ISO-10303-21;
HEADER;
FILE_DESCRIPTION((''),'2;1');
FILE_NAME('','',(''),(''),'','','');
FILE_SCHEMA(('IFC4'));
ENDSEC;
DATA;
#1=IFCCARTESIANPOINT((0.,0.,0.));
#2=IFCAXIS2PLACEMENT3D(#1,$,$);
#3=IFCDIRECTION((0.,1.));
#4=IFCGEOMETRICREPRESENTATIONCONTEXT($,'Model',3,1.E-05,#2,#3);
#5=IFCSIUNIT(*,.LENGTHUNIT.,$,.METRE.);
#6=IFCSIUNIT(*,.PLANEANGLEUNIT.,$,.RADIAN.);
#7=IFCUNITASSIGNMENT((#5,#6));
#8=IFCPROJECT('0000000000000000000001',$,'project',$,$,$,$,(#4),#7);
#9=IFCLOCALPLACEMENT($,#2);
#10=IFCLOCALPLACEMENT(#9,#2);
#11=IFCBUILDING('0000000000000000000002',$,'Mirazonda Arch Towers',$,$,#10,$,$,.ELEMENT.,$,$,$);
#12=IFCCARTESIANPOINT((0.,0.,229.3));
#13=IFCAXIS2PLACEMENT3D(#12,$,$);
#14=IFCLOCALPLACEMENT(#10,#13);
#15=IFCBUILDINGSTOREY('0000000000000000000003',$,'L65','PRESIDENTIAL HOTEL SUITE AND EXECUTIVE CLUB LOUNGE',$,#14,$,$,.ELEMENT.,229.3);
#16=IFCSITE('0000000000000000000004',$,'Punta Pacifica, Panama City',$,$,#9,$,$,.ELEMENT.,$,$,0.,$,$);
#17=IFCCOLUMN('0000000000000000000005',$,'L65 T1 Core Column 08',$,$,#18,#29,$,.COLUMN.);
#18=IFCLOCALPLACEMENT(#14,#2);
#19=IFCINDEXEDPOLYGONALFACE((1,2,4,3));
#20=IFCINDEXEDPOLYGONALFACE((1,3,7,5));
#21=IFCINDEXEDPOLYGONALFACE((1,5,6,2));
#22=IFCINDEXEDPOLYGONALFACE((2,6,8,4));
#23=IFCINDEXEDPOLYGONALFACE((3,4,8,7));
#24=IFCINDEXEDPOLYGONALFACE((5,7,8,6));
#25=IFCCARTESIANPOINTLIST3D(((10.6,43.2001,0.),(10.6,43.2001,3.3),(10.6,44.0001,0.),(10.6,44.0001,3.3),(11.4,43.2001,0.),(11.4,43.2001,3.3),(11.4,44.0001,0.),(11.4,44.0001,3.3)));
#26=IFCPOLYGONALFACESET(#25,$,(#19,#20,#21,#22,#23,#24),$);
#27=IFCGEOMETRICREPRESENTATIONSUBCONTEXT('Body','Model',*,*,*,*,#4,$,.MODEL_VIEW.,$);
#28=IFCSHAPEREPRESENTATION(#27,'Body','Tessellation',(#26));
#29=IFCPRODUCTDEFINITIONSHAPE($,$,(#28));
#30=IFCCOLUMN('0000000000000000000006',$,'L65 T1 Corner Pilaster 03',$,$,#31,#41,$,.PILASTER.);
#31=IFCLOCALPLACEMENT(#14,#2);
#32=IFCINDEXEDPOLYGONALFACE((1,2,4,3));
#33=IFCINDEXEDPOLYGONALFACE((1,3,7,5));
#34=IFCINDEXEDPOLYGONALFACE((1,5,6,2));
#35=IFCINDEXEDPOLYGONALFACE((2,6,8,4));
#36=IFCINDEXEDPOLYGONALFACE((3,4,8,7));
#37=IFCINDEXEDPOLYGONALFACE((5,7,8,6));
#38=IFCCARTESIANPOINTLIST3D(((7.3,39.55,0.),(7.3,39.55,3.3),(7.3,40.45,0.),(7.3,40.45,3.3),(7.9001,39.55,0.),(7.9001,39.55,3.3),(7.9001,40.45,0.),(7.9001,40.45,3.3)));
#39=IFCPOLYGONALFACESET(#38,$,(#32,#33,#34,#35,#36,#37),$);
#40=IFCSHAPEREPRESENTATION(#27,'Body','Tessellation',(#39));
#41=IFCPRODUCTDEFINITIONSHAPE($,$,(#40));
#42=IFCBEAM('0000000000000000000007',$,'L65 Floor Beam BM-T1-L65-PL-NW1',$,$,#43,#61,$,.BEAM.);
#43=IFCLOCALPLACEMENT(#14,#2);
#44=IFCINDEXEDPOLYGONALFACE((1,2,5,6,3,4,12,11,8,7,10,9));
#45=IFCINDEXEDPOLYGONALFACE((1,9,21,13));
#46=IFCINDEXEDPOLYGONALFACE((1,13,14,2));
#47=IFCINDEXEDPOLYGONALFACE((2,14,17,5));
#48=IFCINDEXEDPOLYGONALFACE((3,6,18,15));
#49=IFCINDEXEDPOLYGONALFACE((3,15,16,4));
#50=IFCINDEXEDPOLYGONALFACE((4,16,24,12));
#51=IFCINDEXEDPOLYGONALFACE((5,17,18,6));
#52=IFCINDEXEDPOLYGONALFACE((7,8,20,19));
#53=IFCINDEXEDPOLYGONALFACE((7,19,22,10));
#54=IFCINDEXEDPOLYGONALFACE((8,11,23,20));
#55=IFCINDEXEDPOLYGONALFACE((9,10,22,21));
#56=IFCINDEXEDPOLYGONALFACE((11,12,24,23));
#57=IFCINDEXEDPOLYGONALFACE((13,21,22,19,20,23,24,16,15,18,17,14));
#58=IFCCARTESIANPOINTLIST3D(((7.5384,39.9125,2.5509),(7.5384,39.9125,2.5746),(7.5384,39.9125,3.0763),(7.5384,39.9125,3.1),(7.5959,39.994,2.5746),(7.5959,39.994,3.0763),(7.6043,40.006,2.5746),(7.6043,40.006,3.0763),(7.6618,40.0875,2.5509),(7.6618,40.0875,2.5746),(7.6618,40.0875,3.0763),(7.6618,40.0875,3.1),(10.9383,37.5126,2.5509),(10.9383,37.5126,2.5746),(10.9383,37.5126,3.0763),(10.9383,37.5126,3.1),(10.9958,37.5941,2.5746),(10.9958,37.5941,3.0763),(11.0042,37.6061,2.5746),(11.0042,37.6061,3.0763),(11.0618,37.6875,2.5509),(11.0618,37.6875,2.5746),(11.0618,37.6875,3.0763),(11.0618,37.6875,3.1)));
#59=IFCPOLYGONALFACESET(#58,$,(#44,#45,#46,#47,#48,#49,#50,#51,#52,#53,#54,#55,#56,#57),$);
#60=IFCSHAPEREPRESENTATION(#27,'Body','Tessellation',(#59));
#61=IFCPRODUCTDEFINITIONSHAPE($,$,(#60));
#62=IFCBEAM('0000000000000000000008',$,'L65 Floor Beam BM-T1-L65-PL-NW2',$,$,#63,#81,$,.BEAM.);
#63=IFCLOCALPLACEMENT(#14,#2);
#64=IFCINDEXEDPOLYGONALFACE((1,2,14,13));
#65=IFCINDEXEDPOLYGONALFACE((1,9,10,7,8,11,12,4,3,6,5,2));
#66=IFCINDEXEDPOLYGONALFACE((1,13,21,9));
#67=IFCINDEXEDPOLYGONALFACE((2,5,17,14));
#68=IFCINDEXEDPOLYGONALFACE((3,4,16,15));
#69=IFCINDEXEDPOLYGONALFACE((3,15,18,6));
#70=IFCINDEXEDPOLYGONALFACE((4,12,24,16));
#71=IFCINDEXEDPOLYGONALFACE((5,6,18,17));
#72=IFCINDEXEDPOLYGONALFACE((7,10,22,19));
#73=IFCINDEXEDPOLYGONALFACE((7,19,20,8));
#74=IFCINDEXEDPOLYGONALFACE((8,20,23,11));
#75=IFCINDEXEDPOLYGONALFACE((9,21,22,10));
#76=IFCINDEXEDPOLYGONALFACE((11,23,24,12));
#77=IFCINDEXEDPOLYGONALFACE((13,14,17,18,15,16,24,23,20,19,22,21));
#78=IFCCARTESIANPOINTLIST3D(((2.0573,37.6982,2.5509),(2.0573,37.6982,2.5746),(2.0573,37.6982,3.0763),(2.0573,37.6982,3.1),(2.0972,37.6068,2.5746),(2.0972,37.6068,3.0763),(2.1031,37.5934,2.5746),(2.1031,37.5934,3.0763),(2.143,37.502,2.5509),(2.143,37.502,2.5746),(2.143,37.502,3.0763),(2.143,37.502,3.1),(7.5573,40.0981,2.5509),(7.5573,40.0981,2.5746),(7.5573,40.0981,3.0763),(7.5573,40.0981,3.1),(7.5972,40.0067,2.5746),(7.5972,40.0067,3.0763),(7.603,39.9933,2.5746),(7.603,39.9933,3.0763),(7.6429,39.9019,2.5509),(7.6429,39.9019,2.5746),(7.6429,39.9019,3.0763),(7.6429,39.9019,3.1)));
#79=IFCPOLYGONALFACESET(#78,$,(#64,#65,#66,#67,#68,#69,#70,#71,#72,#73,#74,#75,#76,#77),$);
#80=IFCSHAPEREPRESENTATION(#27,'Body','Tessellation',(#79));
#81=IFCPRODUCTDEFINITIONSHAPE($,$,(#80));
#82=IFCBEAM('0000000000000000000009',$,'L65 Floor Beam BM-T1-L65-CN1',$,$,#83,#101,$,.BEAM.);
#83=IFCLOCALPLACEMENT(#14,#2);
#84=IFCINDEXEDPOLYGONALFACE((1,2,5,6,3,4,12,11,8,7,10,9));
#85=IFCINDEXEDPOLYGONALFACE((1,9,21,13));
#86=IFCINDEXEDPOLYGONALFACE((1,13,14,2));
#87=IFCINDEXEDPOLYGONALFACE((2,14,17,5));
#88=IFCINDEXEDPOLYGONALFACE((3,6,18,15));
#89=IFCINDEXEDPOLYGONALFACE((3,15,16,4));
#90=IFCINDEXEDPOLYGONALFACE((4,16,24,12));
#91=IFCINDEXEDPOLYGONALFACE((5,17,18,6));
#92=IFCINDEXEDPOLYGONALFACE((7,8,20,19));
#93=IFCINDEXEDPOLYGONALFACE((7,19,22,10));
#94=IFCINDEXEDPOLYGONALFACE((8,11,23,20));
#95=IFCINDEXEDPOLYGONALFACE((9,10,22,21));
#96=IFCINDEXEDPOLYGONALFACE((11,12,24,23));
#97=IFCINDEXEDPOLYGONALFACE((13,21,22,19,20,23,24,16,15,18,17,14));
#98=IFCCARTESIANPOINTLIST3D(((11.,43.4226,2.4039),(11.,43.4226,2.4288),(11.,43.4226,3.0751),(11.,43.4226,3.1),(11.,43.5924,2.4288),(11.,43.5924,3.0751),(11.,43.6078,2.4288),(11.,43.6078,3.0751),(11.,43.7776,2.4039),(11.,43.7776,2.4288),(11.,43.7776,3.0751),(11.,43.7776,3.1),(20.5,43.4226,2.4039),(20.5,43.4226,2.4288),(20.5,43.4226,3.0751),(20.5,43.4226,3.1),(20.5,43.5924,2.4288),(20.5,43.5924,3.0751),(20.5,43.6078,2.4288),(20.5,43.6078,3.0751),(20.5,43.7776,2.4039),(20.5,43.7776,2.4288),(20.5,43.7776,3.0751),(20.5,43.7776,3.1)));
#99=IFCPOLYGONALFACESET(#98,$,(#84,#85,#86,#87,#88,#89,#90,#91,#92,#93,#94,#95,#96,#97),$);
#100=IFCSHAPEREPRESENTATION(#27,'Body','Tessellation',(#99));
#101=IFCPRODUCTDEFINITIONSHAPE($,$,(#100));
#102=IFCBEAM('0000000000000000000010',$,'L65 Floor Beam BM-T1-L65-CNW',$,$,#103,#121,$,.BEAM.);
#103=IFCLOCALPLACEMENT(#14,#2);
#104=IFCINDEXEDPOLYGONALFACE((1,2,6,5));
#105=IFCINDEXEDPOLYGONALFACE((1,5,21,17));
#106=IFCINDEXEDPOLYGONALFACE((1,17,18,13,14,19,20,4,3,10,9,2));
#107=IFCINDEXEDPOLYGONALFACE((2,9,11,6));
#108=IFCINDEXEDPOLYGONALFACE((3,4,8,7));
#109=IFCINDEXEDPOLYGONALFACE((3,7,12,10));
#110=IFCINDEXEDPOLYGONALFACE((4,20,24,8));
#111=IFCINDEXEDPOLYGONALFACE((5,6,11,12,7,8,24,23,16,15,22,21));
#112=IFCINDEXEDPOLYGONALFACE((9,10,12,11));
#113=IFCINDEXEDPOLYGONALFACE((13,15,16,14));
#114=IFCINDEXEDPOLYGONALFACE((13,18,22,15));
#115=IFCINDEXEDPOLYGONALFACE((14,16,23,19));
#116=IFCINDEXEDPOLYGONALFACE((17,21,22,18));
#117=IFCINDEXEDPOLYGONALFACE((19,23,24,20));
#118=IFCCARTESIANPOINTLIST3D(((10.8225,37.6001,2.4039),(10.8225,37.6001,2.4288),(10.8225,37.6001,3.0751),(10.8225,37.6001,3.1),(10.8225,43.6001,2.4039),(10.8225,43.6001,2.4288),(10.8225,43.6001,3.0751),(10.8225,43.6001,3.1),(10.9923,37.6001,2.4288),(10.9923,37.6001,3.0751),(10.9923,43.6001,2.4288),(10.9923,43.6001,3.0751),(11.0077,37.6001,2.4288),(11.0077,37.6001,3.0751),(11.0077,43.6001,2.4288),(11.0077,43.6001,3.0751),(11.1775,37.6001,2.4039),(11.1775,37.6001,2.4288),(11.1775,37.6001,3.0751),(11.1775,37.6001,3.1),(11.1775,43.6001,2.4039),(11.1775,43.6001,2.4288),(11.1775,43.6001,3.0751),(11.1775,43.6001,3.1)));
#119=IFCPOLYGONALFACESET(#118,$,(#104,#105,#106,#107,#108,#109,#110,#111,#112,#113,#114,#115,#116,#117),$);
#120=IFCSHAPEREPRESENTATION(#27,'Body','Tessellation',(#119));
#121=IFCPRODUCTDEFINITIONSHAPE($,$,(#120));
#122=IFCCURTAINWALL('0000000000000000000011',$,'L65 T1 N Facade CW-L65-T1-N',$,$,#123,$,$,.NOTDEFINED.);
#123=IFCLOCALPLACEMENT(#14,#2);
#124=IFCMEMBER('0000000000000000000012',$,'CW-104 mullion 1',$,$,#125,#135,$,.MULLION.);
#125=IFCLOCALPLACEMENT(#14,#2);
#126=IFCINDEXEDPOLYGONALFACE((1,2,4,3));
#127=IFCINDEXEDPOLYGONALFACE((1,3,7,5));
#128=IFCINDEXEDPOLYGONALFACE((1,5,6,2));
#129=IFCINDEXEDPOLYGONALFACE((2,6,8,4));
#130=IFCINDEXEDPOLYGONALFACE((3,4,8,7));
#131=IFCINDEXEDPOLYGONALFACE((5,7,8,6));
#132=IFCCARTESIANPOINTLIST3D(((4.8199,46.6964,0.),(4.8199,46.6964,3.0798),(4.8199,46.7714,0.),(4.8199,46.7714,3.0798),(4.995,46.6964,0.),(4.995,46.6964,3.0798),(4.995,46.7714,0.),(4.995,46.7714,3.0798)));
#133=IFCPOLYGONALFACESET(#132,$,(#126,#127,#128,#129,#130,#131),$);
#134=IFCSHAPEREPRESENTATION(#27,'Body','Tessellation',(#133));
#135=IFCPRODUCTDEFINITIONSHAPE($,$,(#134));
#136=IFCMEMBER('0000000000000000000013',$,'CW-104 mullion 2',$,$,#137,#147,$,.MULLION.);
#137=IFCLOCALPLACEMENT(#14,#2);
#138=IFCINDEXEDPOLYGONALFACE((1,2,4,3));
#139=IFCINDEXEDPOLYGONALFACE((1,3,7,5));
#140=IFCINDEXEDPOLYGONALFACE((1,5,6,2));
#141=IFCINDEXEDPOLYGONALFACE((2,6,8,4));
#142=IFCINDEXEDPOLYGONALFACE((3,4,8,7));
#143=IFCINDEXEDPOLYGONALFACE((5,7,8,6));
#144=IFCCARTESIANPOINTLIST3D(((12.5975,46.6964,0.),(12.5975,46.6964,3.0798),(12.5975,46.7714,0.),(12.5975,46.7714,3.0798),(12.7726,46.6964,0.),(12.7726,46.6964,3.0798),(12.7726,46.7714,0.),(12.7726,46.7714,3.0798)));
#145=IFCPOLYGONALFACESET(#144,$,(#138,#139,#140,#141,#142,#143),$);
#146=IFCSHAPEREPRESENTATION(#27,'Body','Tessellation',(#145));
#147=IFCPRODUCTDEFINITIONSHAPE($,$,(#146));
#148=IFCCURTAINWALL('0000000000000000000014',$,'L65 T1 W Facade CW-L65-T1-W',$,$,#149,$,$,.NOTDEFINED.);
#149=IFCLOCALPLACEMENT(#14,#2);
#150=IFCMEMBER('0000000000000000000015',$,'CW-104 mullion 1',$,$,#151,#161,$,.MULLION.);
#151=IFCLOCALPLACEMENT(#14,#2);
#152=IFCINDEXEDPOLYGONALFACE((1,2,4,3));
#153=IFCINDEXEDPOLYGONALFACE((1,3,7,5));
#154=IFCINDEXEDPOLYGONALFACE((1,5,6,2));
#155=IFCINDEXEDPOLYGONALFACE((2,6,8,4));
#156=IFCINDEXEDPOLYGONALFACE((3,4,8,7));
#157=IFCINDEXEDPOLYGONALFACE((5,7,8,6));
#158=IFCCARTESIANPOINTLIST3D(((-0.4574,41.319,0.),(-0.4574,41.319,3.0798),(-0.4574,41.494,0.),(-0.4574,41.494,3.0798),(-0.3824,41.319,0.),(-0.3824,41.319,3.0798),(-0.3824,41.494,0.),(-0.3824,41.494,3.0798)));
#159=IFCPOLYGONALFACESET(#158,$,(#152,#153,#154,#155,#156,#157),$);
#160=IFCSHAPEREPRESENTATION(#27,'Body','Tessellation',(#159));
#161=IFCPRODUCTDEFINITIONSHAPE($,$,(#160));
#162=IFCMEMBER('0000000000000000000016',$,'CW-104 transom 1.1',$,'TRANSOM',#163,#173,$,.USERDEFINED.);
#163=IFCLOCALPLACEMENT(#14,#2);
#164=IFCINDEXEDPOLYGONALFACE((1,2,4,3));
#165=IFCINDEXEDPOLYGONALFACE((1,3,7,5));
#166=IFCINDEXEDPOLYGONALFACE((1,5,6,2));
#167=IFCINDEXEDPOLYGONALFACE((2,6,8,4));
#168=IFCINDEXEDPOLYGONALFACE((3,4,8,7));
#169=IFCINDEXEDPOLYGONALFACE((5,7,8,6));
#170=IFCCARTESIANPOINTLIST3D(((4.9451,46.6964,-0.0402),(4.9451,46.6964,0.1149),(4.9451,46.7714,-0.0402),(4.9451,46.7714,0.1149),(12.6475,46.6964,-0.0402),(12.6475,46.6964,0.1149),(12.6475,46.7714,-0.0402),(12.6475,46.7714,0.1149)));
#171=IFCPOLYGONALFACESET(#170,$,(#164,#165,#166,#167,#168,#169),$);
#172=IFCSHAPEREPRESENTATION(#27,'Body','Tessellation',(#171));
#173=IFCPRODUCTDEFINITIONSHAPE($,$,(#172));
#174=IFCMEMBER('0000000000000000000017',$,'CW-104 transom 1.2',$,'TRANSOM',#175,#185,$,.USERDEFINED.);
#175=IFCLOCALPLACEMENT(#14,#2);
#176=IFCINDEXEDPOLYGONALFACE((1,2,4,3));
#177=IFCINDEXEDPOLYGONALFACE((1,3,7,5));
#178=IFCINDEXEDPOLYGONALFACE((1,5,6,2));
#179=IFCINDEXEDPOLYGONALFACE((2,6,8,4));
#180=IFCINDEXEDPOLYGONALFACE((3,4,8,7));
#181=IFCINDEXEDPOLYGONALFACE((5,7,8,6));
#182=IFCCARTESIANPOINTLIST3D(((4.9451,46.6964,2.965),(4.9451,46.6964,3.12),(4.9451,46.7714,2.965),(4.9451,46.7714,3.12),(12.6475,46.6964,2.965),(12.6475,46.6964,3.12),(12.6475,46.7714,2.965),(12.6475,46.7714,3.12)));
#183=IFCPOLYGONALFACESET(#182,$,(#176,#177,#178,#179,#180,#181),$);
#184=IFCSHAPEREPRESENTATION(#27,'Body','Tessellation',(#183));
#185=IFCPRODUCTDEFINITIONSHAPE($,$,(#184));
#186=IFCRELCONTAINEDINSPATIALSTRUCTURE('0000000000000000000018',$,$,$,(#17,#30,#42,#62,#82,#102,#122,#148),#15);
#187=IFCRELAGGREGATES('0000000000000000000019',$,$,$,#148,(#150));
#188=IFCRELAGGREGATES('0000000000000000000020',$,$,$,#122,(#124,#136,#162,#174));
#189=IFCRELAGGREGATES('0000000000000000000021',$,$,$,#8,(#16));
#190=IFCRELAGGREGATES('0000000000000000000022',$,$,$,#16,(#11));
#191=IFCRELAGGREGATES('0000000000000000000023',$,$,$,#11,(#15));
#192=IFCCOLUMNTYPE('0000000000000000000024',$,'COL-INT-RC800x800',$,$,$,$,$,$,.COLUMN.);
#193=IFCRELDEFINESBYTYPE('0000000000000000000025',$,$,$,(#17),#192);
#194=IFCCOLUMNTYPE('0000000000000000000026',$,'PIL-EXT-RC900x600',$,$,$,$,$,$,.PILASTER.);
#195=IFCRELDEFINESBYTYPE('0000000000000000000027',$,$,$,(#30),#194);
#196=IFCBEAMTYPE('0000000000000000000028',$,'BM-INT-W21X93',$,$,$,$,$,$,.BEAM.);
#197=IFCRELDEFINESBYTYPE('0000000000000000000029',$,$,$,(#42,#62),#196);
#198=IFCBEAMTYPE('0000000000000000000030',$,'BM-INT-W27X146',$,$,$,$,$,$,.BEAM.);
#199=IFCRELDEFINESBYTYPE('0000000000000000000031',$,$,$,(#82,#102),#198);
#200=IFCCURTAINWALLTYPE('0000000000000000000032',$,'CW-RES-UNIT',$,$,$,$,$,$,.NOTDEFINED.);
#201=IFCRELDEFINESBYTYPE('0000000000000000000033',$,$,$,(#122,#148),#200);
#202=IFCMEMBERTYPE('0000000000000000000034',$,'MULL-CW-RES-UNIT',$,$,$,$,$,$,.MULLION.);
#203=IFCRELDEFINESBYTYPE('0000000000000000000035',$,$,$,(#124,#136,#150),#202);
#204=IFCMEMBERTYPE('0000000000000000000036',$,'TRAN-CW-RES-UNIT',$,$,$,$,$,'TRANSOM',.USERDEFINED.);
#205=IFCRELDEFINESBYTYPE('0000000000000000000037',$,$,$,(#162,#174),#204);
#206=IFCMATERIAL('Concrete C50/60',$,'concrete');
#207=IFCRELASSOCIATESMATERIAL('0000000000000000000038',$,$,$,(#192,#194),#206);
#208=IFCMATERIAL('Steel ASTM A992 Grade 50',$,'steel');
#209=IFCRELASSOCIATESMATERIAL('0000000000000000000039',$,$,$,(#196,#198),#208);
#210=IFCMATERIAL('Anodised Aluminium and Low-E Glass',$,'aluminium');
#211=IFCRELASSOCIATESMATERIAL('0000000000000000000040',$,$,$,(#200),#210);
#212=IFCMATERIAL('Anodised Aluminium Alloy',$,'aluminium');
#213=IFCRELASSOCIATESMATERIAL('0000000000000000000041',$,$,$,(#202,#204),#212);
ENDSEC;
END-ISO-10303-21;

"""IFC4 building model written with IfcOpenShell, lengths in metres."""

from ifc_helpers import new_model, si_unit, direction, frame, origin, origin_2d, place, context, subcontext, project, spatial, rectangle, i_section, extrude, material, material_profile, profile_set, type_object, element, aggregate, save


model = new_model("IFC4")

# Units and contexts
model_context = context("Model", 3, precision=1e-05, world=origin(), true_north=direction((0.0, 1.0)))
body_context = subcontext(model_context, "Body", "Model", "MODEL_VIEW")
ifc_project = project(units=[si_unit("LENGTHUNIT", "METRE"), si_unit("PLANEANGLEUNIT", "RADIAN")], contexts=[model_context])

# Site, building, storey
site_placement = place(None, origin())
site = spatial("IfcSite", under=ifc_project, at=site_placement, Name="Punta Pacifica, Panama City", CompositionType="ELEMENT", RefElevation=0.0)
building_placement = place(site_placement, origin())
building = spatial("IfcBuilding", under=site, at=building_placement, Name="Mirazonda Arch Towers", CompositionType="ELEMENT")
storey_placement = place(building_placement, frame((0.0, 0.0, 229.3)))
storey = spatial("IfcBuildingStorey", under=building, at=storey_placement, Name="L65", Description="PRESIDENTIAL HOTEL SUITE AND EXECUTIVE CLUB LOUNGE", CompositionType="ELEMENT", Elevation=229.3)

# Columns
ifc_material_1 = material(Name="Concrete C50/60", Category="concrete")
ifc_material_profile_1 = material_profile(ifc_material_1, rectangle(XDim=0.8, YDim=0.8, at=origin_2d()), Name="RC800x800")
ifc_profile_set_1 = profile_set([ifc_material_profile_1], Name="Concrete C50/60")
column_type_1 = type_object("IfcColumnType", Name="COL-INT-RC800x800", PredefinedType="COLUMN", material=ifc_profile_set_1)
column_1_placement = place(storey_placement, frame((11.0, 43.6001, 0.0), z_axis=(0.0, 0.0, 1.0), x_axis=(1.0, 0.0, 0.0)))
element("IfcColumn", 1, at=column_1_placement, inside=storey, type_object=column_type_1, Name="L65 T1 Core Column 08", PredefinedType="COLUMN", context=body_context, shape_type="SweptSolid", body=[
    extrude(rectangle(XDim=0.8, YDim=0.8, at=origin_2d()), origin(), (0.0, 0.0, 1.0), 3.3),
])
ifc_material_profile_2 = material_profile(ifc_material_1, rectangle(XDim=0.6001, YDim=0.8999, at=origin_2d()), Name="RC900x600")
ifc_profile_set_2 = profile_set([ifc_material_profile_2], Name="Concrete C50/60")
column_type_2 = type_object("IfcColumnType", Name="PIL-EXT-RC900x600", PredefinedType="PILASTER", material=ifc_profile_set_2)
column_2_placement = place(storey_placement, frame((7.6001, 40.0, 0.0), z_axis=(0.0, 0.0, 1.0), x_axis=(1.0, 0.0, 0.0)))
element("IfcColumn", 2, at=column_2_placement, inside=storey, type_object=column_type_2, Name="L65 T1 Corner Pilaster 03", PredefinedType="PILASTER", context=body_context, shape_type="SweptSolid", body=[
    extrude(rectangle(XDim=0.6001, YDim=0.8999, at=origin_2d()), origin(), (0.0, 0.0, 1.0), 3.3),
])

# Beams
ifc_material_2 = material(Name="Steel ASTM A992 Grade 50", Category="steel")
ifc_material_profile_3 = material_profile(ifc_material_2, i_section(OverallWidth=0.2141, OverallDepth=0.5491, WebThickness=0.0146, FlangeThickness=0.0237, at=origin_2d()), Name="W21X93")
ifc_profile_set_3 = profile_set([ifc_material_profile_3], Name="Steel ASTM A992 Grade 50")
beam_type_1 = type_object("IfcBeamType", Name="BM-INT-W21X93", PredefinedType="BEAM", material=ifc_profile_set_3)
beam_1_placement = place(storey_placement, frame((7.6001, 40.0, 2.8254), z_axis=(0.816971, -0.576679, 0.0), x_axis=(0.576679, 0.816971, 0.0)))
element("IfcBeam", 3, at=beam_1_placement, inside=storey, type_object=beam_type_1, Name="L65 Floor Beam BM-T1-L65-PL-NW1", PredefinedType="BEAM", context=body_context, shape_type="SweptSolid", body=[
    extrude(i_section(OverallWidth=0.2141, OverallDepth=0.5491, WebThickness=0.0146, FlangeThickness=0.0237, at=origin_2d()), origin(), (0.0, 0.0, 1.0), 4.1616),
])
beam_2_placement = place(storey_placement, frame((7.6001, 40.0, 2.8254), z_axis=(-0.916545, -0.399931, 0.0), x_axis=(0.399931, -0.916545, 0.0)))
element("IfcBeam", 4, at=beam_2_placement, inside=storey, type_object=beam_type_1, Name="L65 Floor Beam BM-T1-L65-PL-NW2", PredefinedType="BEAM", context=body_context, shape_type="SweptSolid", body=[
    extrude(i_section(OverallWidth=0.2141, OverallDepth=0.5491, WebThickness=0.0146, FlangeThickness=0.0237, at=origin_2d()), origin(), (0.0, 0.0, 1.0), 6.0007),
])
ifc_material_profile_4 = material_profile(ifc_material_2, i_section(OverallWidth=0.355, OverallDepth=0.696, WebThickness=0.0154, FlangeThickness=0.0249, at=origin_2d()), Name="W27X146")
ifc_profile_set_4 = profile_set([ifc_material_profile_4], Name="Steel ASTM A992 Grade 50")
beam_type_2 = type_object("IfcBeamType", Name="BM-INT-W27X146", PredefinedType="BEAM", material=ifc_profile_set_4)
beam_3_placement = place(storey_placement, frame((11.0, 43.6001, 2.752), z_axis=(1.0, 0.0, 0.0), x_axis=(0.0, 1.0, 0.0)))
element("IfcBeam", 5, at=beam_3_placement, inside=storey, type_object=beam_type_2, Name="L65 Floor Beam BM-T1-L65-CN1", PredefinedType="BEAM", context=body_context, shape_type="SweptSolid", body=[
    extrude(i_section(OverallWidth=0.355, OverallDepth=0.696, WebThickness=0.0154, FlangeThickness=0.0249, at=origin_2d()), origin(), (0.0, 0.0, 1.0), 9.5),
])
beam_4_placement = place(storey_placement, frame((11.0, 37.6001, 2.752), z_axis=(0.0, 1.0, 0.0), x_axis=(-1.0, 0.0, 0.0)))
element("IfcBeam", 6, at=beam_4_placement, inside=storey, type_object=beam_type_2, Name="L65 Floor Beam BM-T1-L65-CNW", PredefinedType="BEAM", context=body_context, shape_type="SweptSolid", body=[
    extrude(i_section(OverallWidth=0.355, OverallDepth=0.696, WebThickness=0.0154, FlangeThickness=0.0249, at=origin_2d()), origin(), (0.0, 0.0, 1.0), 6.0),
])

# Curtain wall, members
ifc_material_3 = material(Name="Anodised Aluminium and Low-E Glass", Category="aluminium")
curtain_wall_type = type_object("IfcCurtainWallType", Name="CW-RES-UNIT", PredefinedType="NOTDEFINED", material=ifc_material_3)
curtain_wall_1_placement = place(storey_placement, origin())
curtain_wall_1 = element("IfcCurtainWall", 7, at=curtain_wall_1_placement, inside=storey, type_object=curtain_wall_type, Name="L65 T1 N Facade CW-L65-T1-N", PredefinedType="NOTDEFINED")
ifc_material_4 = material(Name="Anodised Aluminium Alloy", Category="aluminium")
ifc_material_profile_5 = material_profile(ifc_material_4, rectangle(XDim=0.075, YDim=0.175, at=origin_2d()), Name="ALU-MULL-75x175")
ifc_profile_set_5 = profile_set([ifc_material_profile_5], Name="Anodised Aluminium Alloy")
member_type_1 = type_object("IfcMemberType", Name="MULL-CW-RES-UNIT", PredefinedType="MULLION", material=ifc_profile_set_5)
member_1_placement = place(storey_placement, frame((4.9075, 46.7339, 0.0), z_axis=(0.0, 0.0, 1.0), x_axis=(0.0, 1.0, 0.0)))
member_1 = element("IfcMember", 8, at=member_1_placement, type_object=member_type_1, Name="CW-104 mullion 1", PredefinedType="MULLION", context=body_context, shape_type="SweptSolid", body=[
    extrude(rectangle(XDim=0.075, YDim=0.175, at=origin_2d()), origin(), (0.0, 0.0, 1.0), 3.0798),
])
member_2_placement = place(storey_placement, frame((12.6851, 46.7339, 0.0), z_axis=(0.0, 0.0, 1.0), x_axis=(0.0, 1.0, 0.0)))
member_2 = element("IfcMember", 9, at=member_2_placement, type_object=member_type_1, Name="CW-104 mullion 2", PredefinedType="MULLION", context=body_context, shape_type="SweptSolid", body=[
    extrude(rectangle(XDim=0.075, YDim=0.175, at=origin_2d()), origin(), (0.0, 0.0, 1.0), 3.0798),
])

# Curtain wall, member
curtain_wall_2_placement = place(storey_placement, origin())
curtain_wall_2 = element("IfcCurtainWall", 10, at=curtain_wall_2_placement, inside=storey, type_object=curtain_wall_type, Name="L65 T1 W Facade CW-L65-T1-W", PredefinedType="NOTDEFINED")
member_3_placement = place(storey_placement, frame((-0.4199, 41.4065, 0.0), z_axis=(0.0, 0.0, 1.0), x_axis=(1.0, 0.0, 0.0)))
member_3 = element("IfcMember", 11, at=member_3_placement, type_object=member_type_1, Name="CW-104 mullion 1", PredefinedType="MULLION", context=body_context, shape_type="SweptSolid", body=[
    extrude(rectangle(XDim=0.075, YDim=0.175, at=origin_2d()), origin(), (0.0, 0.0, 1.0), 3.0798),
])

# Members
ifc_material_profile_6 = material_profile(ifc_material_4, rectangle(XDim=0.075, YDim=0.155, at=origin_2d()), Name="ALU-TRAN-75x155")
ifc_profile_set_6 = profile_set([ifc_material_profile_6], Name="Anodised Aluminium Alloy")
member_type_2 = type_object("IfcMemberType", Name="TRAN-CW-RES-UNIT", ElementType="TRANSOM", PredefinedType="USERDEFINED", material=ifc_profile_set_6)
member_4_placement = place(storey_placement, frame((4.9451, 46.7339, 0.0374), z_axis=(1.0, 0.0, 0.0), x_axis=(0.0, 1.0, 0.0)))
member_4 = element("IfcMember", 12, at=member_4_placement, type_object=member_type_2, Name="CW-104 transom 1.1", ObjectType="TRANSOM", PredefinedType="USERDEFINED", context=body_context, shape_type="SweptSolid", body=[
    extrude(rectangle(XDim=0.075, YDim=0.155, at=origin_2d()), origin(), (0.0, 0.0, 1.0), 7.7024),
])
member_5_placement = place(storey_placement, frame((4.9451, 46.7339, 3.0425), z_axis=(1.0, 0.0, 0.0), x_axis=(0.0, 1.0, 0.0)))
member_5 = element("IfcMember", 13, at=member_5_placement, type_object=member_type_2, Name="CW-104 transom 1.2", ObjectType="TRANSOM", PredefinedType="USERDEFINED", context=body_context, shape_type="SweptSolid", body=[
    extrude(rectangle(XDim=0.075, YDim=0.155, at=origin_2d()), origin(), (0.0, 0.0, 1.0), 7.7024),
])
aggregate(curtain_wall_2, [member_3])

aggregate(curtain_wall_1, [member_1, member_2, member_4, member_5])

save(model, "model.ifc")
